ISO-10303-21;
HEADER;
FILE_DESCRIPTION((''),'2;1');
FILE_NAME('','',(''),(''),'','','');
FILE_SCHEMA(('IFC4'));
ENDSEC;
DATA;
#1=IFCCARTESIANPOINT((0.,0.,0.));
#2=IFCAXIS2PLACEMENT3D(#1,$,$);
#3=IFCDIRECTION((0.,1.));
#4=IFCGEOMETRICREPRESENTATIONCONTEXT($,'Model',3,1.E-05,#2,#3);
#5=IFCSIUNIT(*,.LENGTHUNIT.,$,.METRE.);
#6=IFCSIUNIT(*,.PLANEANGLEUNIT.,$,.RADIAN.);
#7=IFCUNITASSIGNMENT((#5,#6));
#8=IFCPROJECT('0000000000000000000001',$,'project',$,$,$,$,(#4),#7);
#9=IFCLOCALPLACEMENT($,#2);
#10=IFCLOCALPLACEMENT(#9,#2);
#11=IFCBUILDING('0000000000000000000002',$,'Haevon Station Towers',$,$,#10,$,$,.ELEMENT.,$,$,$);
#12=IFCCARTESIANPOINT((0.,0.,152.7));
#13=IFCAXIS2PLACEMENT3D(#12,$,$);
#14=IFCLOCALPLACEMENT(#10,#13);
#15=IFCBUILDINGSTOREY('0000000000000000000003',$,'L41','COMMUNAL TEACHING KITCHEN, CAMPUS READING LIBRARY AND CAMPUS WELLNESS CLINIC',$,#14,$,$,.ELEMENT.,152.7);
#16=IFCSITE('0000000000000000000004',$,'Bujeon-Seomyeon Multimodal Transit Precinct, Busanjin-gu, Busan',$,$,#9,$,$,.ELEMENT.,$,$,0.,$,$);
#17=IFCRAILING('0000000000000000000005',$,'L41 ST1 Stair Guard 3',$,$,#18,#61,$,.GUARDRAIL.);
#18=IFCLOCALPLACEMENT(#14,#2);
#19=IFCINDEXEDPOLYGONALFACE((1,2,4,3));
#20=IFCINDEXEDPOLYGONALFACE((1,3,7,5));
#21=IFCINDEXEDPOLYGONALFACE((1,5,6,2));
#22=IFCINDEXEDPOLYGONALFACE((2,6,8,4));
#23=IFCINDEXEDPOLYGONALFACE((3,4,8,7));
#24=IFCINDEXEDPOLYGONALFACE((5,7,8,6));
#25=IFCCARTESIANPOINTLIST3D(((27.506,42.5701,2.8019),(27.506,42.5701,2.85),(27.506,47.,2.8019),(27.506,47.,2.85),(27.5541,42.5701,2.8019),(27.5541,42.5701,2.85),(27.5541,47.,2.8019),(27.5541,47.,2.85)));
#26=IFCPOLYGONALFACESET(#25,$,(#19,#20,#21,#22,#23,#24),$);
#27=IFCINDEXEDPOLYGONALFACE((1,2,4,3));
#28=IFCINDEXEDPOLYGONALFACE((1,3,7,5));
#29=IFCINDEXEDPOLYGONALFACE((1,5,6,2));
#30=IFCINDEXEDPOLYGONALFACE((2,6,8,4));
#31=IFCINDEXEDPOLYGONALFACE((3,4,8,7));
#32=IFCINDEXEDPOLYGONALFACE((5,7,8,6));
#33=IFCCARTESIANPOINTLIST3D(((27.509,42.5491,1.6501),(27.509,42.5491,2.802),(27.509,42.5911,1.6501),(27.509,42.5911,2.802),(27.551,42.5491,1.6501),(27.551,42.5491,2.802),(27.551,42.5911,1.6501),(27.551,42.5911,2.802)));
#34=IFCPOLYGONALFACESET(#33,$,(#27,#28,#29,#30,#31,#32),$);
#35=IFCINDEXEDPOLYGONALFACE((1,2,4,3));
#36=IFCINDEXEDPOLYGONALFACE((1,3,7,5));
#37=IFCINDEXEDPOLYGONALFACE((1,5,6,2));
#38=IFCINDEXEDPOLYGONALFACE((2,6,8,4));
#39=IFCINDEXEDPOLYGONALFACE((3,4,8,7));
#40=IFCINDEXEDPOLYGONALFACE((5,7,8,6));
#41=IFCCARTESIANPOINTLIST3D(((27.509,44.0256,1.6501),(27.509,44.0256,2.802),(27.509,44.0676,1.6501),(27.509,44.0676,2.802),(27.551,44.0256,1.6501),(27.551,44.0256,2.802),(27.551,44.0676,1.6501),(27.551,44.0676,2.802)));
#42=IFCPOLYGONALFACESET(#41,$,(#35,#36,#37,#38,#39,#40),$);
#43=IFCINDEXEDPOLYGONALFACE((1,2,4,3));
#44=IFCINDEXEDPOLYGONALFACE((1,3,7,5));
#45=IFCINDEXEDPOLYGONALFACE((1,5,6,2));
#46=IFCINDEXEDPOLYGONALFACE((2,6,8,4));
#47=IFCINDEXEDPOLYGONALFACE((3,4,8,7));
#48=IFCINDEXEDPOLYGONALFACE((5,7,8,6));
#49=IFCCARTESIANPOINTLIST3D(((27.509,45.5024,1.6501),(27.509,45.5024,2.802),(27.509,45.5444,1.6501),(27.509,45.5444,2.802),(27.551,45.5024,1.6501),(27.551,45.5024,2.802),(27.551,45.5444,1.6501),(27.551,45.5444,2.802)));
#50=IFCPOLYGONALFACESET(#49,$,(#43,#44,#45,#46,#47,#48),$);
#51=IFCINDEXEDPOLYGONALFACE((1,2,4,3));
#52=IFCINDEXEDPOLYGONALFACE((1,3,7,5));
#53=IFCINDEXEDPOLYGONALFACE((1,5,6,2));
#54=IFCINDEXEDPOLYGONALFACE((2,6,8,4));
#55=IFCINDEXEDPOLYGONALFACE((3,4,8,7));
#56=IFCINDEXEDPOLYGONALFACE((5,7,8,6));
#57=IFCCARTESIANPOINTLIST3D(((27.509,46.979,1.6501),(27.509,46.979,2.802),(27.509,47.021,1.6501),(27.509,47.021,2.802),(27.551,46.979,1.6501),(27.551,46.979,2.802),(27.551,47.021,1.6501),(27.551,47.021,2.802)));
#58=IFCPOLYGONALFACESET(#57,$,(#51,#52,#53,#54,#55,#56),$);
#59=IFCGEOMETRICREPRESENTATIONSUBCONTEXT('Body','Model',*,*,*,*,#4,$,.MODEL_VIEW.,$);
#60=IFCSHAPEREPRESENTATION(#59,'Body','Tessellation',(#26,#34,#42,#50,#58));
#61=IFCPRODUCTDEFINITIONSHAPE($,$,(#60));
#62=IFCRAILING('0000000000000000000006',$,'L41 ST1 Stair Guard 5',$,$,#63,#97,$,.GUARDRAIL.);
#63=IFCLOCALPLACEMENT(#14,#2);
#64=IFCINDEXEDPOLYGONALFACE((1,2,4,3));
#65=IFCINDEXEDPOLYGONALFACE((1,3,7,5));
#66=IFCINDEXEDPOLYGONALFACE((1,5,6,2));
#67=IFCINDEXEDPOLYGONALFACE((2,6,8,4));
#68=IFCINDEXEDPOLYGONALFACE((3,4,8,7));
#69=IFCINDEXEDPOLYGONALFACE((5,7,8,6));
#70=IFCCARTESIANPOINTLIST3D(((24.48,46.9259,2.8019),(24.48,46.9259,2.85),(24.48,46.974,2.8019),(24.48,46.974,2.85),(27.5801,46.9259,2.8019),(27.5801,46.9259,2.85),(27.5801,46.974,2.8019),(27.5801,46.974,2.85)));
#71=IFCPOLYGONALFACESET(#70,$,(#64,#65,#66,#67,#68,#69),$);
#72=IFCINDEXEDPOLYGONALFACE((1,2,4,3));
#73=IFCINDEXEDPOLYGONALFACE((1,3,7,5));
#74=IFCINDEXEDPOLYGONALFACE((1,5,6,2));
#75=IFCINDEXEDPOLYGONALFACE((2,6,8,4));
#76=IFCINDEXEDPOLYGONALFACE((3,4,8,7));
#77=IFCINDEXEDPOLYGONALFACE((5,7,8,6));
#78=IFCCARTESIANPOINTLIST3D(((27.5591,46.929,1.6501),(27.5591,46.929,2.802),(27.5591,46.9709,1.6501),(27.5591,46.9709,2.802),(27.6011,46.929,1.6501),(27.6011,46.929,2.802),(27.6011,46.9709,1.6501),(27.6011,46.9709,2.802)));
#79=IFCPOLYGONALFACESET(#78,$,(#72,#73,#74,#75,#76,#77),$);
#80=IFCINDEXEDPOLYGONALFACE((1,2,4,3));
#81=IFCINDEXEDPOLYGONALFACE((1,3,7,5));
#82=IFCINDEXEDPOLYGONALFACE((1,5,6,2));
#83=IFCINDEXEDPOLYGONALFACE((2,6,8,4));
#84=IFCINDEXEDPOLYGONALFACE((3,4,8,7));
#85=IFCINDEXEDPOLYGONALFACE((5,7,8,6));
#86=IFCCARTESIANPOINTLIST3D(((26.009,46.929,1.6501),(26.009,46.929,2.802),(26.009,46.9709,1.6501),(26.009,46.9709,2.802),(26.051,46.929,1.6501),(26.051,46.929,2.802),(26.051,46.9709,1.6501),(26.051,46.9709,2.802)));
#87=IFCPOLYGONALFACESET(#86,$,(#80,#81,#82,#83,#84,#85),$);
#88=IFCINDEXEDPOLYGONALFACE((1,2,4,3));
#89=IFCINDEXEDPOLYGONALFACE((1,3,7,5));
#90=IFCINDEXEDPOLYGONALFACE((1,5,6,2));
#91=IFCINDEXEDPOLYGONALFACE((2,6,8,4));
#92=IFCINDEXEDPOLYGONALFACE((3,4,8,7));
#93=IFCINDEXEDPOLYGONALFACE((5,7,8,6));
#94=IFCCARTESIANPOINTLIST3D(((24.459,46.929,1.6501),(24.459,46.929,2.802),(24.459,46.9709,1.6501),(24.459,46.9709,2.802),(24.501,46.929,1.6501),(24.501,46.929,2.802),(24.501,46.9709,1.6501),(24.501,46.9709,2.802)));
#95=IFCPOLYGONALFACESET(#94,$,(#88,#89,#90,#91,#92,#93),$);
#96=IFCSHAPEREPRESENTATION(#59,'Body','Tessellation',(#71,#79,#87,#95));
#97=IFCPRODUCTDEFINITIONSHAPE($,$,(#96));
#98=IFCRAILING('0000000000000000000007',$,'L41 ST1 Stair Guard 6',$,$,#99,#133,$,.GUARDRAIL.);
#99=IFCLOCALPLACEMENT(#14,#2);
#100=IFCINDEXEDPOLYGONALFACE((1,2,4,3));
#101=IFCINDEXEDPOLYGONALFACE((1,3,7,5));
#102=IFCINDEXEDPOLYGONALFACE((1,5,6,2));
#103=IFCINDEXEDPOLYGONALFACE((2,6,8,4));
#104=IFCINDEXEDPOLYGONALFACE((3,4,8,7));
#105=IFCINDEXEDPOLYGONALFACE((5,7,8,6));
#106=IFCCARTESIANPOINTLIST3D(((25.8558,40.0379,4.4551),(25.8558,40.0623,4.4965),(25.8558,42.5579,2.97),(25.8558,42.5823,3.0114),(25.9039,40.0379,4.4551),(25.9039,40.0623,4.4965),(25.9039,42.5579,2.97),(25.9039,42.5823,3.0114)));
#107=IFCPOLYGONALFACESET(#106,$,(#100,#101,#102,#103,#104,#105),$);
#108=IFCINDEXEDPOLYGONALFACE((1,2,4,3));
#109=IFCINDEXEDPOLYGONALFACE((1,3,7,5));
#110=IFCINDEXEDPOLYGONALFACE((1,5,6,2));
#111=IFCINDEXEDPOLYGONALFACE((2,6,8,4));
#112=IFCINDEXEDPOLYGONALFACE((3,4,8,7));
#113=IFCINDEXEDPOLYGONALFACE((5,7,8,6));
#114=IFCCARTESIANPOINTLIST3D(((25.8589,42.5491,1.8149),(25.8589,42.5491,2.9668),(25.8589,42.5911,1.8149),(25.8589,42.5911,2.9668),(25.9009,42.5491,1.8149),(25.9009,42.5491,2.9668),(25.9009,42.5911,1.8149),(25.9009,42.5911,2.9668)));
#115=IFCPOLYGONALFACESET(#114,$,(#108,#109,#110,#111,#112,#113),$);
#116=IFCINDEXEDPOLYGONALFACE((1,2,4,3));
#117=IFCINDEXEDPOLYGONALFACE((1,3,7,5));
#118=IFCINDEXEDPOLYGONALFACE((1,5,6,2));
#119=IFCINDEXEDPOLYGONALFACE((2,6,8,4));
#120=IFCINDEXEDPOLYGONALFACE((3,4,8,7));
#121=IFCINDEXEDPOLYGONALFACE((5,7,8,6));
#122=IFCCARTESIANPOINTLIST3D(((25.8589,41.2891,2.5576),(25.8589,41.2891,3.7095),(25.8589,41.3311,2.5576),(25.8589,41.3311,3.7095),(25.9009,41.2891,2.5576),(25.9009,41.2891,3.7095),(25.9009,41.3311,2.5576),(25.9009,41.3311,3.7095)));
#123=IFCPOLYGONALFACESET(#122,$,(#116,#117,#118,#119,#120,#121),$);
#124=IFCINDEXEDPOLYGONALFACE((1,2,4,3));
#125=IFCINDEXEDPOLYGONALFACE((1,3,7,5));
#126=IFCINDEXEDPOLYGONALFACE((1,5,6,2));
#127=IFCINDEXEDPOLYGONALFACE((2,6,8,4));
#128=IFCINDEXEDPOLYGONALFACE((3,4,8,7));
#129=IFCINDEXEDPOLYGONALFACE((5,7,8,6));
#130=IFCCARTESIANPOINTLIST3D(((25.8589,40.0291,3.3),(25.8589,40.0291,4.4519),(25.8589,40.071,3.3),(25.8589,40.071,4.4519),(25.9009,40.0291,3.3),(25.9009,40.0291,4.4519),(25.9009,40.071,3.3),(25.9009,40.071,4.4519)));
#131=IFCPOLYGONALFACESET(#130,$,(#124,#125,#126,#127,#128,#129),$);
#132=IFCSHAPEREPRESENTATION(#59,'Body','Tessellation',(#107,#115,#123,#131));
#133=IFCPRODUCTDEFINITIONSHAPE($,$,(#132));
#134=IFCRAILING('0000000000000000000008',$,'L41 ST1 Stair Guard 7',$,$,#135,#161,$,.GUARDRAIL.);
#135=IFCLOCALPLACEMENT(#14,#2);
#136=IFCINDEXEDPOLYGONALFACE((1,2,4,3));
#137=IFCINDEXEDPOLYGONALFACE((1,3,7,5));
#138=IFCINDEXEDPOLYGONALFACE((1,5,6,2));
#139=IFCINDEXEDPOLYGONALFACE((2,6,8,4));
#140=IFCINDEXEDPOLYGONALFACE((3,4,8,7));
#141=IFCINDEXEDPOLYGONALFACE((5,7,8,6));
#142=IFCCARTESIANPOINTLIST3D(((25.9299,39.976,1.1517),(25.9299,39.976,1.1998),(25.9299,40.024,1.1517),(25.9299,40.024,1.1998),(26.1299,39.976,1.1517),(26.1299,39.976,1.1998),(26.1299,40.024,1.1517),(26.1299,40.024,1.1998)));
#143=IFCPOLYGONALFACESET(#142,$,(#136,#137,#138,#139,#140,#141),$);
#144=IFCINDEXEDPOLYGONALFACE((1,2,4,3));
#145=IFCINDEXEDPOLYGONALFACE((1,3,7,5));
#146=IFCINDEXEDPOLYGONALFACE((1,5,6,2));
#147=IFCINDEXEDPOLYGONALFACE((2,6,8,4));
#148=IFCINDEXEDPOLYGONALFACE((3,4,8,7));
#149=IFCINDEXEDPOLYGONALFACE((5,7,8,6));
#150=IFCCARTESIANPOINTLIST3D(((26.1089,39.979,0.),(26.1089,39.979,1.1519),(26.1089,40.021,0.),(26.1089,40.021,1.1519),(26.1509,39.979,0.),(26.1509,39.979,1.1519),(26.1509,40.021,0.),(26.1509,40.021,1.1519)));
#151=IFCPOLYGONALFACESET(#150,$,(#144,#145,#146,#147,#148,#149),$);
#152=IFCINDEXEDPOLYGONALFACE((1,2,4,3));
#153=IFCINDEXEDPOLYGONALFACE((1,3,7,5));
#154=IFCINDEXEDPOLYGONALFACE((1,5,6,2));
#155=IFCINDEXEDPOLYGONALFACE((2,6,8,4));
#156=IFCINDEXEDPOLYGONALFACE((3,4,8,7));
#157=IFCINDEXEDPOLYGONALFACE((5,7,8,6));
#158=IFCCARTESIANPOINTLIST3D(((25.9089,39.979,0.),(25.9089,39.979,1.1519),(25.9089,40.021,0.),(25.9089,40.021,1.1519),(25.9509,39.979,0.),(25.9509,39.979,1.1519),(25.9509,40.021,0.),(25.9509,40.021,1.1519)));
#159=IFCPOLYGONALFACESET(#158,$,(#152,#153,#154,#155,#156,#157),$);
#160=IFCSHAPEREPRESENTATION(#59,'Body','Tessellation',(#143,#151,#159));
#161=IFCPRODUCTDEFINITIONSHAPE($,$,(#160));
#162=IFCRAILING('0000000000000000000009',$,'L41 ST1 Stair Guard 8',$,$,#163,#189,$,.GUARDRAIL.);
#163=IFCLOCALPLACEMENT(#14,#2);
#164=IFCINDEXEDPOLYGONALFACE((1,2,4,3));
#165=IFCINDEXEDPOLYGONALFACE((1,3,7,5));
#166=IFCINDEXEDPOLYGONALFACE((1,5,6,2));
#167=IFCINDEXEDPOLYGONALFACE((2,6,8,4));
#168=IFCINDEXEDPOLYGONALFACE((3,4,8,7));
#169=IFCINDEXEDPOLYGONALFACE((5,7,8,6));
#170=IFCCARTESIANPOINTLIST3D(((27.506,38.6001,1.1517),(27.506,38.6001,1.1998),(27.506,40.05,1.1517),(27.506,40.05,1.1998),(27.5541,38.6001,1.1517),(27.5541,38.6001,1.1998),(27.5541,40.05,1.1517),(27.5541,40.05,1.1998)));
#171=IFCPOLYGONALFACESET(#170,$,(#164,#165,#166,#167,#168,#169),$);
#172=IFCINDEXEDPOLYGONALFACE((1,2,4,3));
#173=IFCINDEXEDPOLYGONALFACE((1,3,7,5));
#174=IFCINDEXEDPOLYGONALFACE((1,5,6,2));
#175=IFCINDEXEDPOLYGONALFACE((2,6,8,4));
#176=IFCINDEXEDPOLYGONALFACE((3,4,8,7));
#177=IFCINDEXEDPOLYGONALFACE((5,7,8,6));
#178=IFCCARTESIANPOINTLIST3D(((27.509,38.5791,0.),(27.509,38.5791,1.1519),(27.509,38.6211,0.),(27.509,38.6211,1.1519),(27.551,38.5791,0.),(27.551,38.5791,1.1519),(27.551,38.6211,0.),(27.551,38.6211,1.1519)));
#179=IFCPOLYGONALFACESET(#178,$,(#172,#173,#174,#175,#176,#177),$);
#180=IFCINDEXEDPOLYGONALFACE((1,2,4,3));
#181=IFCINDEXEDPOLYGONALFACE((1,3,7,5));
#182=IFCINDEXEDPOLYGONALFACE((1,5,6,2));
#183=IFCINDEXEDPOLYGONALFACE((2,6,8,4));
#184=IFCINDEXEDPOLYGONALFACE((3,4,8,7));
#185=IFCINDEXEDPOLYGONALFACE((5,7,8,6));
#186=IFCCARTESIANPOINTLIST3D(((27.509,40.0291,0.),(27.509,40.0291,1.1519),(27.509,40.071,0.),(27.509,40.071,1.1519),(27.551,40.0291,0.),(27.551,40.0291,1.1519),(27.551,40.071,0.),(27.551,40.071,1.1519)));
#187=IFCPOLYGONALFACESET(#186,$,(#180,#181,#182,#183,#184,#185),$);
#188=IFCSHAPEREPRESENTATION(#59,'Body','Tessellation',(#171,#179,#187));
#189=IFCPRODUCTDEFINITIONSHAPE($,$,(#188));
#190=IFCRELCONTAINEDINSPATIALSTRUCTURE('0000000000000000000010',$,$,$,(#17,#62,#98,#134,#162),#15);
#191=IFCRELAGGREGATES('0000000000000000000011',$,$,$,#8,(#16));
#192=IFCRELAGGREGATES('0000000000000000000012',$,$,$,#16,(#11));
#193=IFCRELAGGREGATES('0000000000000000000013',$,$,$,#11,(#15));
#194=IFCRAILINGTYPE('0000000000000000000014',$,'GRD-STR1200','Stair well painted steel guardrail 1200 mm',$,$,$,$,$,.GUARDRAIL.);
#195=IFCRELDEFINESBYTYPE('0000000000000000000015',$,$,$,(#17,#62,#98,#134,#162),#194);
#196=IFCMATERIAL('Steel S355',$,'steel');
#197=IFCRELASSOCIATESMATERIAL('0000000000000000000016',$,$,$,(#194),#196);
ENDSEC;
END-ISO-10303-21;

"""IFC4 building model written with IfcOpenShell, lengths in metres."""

from ifc_helpers import new_model, si_unit, direction, frame, origin, origin_2d, place, context, subcontext, project, spatial, rectangle, extrude, material, type_object, element, save


model = new_model("IFC4")

# Units and contexts
model_context = context("Model", 3, precision=1e-05, world=origin(), true_north=direction((0.0, 1.0)))
body_context = subcontext(model_context, "Body", "Model", "MODEL_VIEW")
ifc_project = project(units=[si_unit("LENGTHUNIT", "METRE"), si_unit("PLANEANGLEUNIT", "RADIAN")], contexts=[model_context])

# Site, building, storey
site_placement = place(None, origin())
site = spatial("IfcSite", under=ifc_project, at=site_placement, Name="Bujeon-Seomyeon Multimodal Transit Precinct, Busanjin-gu, Busan", CompositionType="ELEMENT", RefElevation=0.0)
building_placement = place(site_placement, origin())
building = spatial("IfcBuilding", under=site, at=building_placement, Name="Haevon Station Towers", CompositionType="ELEMENT")
storey_placement = place(building_placement, frame((0.0, 0.0, 152.7)))
storey = spatial("IfcBuildingStorey", under=building, at=storey_placement, Name="L41", Description="COMMUNAL TEACHING KITCHEN, CAMPUS READING LIBRARY AND CAMPUS WELLNESS CLINIC", CompositionType="ELEMENT", Elevation=152.7)

# Shared definitions
ifc_material_1 = material(Name="Steel S355", Category="steel")

# Railings
railing_type_1 = type_object("IfcRailingType", Name="GRD-STR1200", Description="Stair well painted steel guardrail 1200 mm", PredefinedType="GUARDRAIL", material=ifc_material_1)
railing_1_placement = place(storey_placement, frame((27.53, 42.5701, 1.6501)))
element("IfcRailing", 1, at=railing_1_placement, inside=storey, type_object=railing_type_1, Name="L41 ST1 Stair Guard 3", PredefinedType="GUARDRAIL", context=body_context, shape_type="SweptSolid", body=[
    extrude(rectangle(XDim=0.0481, YDim=0.0481, at=origin_2d()), frame((0.0, 0.0, 1.1758), z_axis=(0.0, 1.0, 0.0), x_axis=(-1.0, 0.0, 0.0)), (0.0, 0.0, 1.0), 4.4299),
    extrude(rectangle(XDim=0.042, YDim=0.042, at=origin_2d()), origin(), (0.0, 0.0, 1.0), 1.1519),
    extrude(rectangle(XDim=0.042, YDim=0.042, at=origin_2d()), frame((0.0, 1.4766, 0.0)), (0.0, 0.0, 1.0), 1.1519),
    extrude(rectangle(XDim=0.042, YDim=0.042, at=origin_2d()), frame((0.0, 2.9534, 0.0)), (0.0, 0.0, 1.0), 1.1519),
    extrude(rectangle(XDim=0.042, YDim=0.042, at=origin_2d()), frame((0.0, 4.4299, 0.0)), (0.0, 0.0, 1.0), 1.1519),
])
railing_2_placement = place(storey_placement, frame((27.5801, 46.95, 1.6501)))
element("IfcRailing", 2, at=railing_2_placement, inside=storey, type_object=railing_type_1, Name="L41 ST1 Stair Guard 5", PredefinedType="GUARDRAIL", context=body_context, shape_type="SweptSolid", body=[
    extrude(rectangle(XDim=0.0481, YDim=0.0481, at=origin_2d()), frame((0.0, 0.0, 1.1758), z_axis=(-1.0, 0.0, 0.0), x_axis=(0.0, -1.0, 0.0)), (0.0, 0.0, 1.0), 3.1001),
    extrude(rectangle(XDim=0.042, YDim=0.042, at=origin_2d()), origin(), (0.0, 0.0, 1.0), 1.1519),
    extrude(rectangle(XDim=0.042, YDim=0.042, at=origin_2d()), frame((-1.55, 0.0, 0.0)), (0.0, 0.0, 1.0), 1.1519),
    extrude(rectangle(XDim=0.042, YDim=0.042, at=origin_2d()), frame((-3.1001, 0.0, 0.0)), (0.0, 0.0, 1.0), 1.1519),
])
railing_3_placement = place(storey_placement, frame((25.8799, 42.5701, 1.8149)))
element("IfcRailing", 3, at=railing_3_placement, inside=storey, type_object=railing_type_1, Name="L41 ST1 Stair Guard 6", PredefinedType="GUARDRAIL", context=body_context, shape_type="SweptSolid", body=[
    extrude(rectangle(XDim=0.0481, YDim=0.0481, at=origin_2d()), frame((0.0, 0.0, 1.1758), z_axis=(0.0, -0.861524, 0.507717), x_axis=(1.0, 0.0, 0.0)), (0.0, 0.0, 1.0), 2.925),
    extrude(rectangle(XDim=0.042, YDim=0.042, at=origin_2d()), origin(), (0.0, 0.0, 1.0), 1.1519),
    extrude(rectangle(XDim=0.042, YDim=0.042, at=origin_2d()), frame((0.0, -1.26, 0.7427)), (0.0, 0.0, 1.0), 1.1519),
    extrude(rectangle(XDim=0.042, YDim=0.042, at=origin_2d()), frame((0.0, -2.52, 1.4851)), (0.0, 0.0, 1.0), 1.1519),
])
railing_4_placement = place(storey_placement, frame((26.1299, 40.0, 0.0)))
element("IfcRailing", 4, at=railing_4_placement, inside=storey, type_object=railing_type_1, Name="L41 ST1 Stair Guard 7", PredefinedType="GUARDRAIL", context=body_context, shape_type="SweptSolid", body=[
    extrude(rectangle(XDim=0.0481, YDim=0.0481, at=origin_2d()), frame((0.0, 0.0, 1.1758), z_axis=(-1.0, 0.0, 0.0), x_axis=(0.0, -1.0, 0.0)), (0.0, 0.0, 1.0), 0.2),
    extrude(rectangle(XDim=0.042, YDim=0.042, at=origin_2d()), origin(), (0.0, 0.0, 1.0), 1.1519),
    extrude(rectangle(XDim=0.042, YDim=0.042, at=origin_2d()), frame((-0.2, 0.0, 0.0)), (0.0, 0.0, 1.0), 1.1519),
])
railing_5_placement = place(storey_placement, frame((27.53, 38.6001, 0.0)))
element("IfcRailing", 5, at=railing_5_placement, inside=storey, type_object=railing_type_1, Name="L41 ST1 Stair Guard 8", PredefinedType="GUARDRAIL", context=body_context, shape_type="SweptSolid", body=[
    extrude(rectangle(XDim=0.0481, YDim=0.0481, at=origin_2d()), frame((0.0, 0.0, 1.1758), z_axis=(0.0, 1.0, 0.0), x_axis=(-1.0, 0.0, 0.0)), (0.0, 0.0, 1.0), 1.45),
    extrude(rectangle(XDim=0.042, YDim=0.042, at=origin_2d()), origin(), (0.0, 0.0, 1.0), 1.1519),
    extrude(rectangle(XDim=0.042, YDim=0.042, at=origin_2d()), frame((0.0, 1.45, 0.0)), (0.0, 0.0, 1.0), 1.1519),
])

save(model, "model.ifc")
